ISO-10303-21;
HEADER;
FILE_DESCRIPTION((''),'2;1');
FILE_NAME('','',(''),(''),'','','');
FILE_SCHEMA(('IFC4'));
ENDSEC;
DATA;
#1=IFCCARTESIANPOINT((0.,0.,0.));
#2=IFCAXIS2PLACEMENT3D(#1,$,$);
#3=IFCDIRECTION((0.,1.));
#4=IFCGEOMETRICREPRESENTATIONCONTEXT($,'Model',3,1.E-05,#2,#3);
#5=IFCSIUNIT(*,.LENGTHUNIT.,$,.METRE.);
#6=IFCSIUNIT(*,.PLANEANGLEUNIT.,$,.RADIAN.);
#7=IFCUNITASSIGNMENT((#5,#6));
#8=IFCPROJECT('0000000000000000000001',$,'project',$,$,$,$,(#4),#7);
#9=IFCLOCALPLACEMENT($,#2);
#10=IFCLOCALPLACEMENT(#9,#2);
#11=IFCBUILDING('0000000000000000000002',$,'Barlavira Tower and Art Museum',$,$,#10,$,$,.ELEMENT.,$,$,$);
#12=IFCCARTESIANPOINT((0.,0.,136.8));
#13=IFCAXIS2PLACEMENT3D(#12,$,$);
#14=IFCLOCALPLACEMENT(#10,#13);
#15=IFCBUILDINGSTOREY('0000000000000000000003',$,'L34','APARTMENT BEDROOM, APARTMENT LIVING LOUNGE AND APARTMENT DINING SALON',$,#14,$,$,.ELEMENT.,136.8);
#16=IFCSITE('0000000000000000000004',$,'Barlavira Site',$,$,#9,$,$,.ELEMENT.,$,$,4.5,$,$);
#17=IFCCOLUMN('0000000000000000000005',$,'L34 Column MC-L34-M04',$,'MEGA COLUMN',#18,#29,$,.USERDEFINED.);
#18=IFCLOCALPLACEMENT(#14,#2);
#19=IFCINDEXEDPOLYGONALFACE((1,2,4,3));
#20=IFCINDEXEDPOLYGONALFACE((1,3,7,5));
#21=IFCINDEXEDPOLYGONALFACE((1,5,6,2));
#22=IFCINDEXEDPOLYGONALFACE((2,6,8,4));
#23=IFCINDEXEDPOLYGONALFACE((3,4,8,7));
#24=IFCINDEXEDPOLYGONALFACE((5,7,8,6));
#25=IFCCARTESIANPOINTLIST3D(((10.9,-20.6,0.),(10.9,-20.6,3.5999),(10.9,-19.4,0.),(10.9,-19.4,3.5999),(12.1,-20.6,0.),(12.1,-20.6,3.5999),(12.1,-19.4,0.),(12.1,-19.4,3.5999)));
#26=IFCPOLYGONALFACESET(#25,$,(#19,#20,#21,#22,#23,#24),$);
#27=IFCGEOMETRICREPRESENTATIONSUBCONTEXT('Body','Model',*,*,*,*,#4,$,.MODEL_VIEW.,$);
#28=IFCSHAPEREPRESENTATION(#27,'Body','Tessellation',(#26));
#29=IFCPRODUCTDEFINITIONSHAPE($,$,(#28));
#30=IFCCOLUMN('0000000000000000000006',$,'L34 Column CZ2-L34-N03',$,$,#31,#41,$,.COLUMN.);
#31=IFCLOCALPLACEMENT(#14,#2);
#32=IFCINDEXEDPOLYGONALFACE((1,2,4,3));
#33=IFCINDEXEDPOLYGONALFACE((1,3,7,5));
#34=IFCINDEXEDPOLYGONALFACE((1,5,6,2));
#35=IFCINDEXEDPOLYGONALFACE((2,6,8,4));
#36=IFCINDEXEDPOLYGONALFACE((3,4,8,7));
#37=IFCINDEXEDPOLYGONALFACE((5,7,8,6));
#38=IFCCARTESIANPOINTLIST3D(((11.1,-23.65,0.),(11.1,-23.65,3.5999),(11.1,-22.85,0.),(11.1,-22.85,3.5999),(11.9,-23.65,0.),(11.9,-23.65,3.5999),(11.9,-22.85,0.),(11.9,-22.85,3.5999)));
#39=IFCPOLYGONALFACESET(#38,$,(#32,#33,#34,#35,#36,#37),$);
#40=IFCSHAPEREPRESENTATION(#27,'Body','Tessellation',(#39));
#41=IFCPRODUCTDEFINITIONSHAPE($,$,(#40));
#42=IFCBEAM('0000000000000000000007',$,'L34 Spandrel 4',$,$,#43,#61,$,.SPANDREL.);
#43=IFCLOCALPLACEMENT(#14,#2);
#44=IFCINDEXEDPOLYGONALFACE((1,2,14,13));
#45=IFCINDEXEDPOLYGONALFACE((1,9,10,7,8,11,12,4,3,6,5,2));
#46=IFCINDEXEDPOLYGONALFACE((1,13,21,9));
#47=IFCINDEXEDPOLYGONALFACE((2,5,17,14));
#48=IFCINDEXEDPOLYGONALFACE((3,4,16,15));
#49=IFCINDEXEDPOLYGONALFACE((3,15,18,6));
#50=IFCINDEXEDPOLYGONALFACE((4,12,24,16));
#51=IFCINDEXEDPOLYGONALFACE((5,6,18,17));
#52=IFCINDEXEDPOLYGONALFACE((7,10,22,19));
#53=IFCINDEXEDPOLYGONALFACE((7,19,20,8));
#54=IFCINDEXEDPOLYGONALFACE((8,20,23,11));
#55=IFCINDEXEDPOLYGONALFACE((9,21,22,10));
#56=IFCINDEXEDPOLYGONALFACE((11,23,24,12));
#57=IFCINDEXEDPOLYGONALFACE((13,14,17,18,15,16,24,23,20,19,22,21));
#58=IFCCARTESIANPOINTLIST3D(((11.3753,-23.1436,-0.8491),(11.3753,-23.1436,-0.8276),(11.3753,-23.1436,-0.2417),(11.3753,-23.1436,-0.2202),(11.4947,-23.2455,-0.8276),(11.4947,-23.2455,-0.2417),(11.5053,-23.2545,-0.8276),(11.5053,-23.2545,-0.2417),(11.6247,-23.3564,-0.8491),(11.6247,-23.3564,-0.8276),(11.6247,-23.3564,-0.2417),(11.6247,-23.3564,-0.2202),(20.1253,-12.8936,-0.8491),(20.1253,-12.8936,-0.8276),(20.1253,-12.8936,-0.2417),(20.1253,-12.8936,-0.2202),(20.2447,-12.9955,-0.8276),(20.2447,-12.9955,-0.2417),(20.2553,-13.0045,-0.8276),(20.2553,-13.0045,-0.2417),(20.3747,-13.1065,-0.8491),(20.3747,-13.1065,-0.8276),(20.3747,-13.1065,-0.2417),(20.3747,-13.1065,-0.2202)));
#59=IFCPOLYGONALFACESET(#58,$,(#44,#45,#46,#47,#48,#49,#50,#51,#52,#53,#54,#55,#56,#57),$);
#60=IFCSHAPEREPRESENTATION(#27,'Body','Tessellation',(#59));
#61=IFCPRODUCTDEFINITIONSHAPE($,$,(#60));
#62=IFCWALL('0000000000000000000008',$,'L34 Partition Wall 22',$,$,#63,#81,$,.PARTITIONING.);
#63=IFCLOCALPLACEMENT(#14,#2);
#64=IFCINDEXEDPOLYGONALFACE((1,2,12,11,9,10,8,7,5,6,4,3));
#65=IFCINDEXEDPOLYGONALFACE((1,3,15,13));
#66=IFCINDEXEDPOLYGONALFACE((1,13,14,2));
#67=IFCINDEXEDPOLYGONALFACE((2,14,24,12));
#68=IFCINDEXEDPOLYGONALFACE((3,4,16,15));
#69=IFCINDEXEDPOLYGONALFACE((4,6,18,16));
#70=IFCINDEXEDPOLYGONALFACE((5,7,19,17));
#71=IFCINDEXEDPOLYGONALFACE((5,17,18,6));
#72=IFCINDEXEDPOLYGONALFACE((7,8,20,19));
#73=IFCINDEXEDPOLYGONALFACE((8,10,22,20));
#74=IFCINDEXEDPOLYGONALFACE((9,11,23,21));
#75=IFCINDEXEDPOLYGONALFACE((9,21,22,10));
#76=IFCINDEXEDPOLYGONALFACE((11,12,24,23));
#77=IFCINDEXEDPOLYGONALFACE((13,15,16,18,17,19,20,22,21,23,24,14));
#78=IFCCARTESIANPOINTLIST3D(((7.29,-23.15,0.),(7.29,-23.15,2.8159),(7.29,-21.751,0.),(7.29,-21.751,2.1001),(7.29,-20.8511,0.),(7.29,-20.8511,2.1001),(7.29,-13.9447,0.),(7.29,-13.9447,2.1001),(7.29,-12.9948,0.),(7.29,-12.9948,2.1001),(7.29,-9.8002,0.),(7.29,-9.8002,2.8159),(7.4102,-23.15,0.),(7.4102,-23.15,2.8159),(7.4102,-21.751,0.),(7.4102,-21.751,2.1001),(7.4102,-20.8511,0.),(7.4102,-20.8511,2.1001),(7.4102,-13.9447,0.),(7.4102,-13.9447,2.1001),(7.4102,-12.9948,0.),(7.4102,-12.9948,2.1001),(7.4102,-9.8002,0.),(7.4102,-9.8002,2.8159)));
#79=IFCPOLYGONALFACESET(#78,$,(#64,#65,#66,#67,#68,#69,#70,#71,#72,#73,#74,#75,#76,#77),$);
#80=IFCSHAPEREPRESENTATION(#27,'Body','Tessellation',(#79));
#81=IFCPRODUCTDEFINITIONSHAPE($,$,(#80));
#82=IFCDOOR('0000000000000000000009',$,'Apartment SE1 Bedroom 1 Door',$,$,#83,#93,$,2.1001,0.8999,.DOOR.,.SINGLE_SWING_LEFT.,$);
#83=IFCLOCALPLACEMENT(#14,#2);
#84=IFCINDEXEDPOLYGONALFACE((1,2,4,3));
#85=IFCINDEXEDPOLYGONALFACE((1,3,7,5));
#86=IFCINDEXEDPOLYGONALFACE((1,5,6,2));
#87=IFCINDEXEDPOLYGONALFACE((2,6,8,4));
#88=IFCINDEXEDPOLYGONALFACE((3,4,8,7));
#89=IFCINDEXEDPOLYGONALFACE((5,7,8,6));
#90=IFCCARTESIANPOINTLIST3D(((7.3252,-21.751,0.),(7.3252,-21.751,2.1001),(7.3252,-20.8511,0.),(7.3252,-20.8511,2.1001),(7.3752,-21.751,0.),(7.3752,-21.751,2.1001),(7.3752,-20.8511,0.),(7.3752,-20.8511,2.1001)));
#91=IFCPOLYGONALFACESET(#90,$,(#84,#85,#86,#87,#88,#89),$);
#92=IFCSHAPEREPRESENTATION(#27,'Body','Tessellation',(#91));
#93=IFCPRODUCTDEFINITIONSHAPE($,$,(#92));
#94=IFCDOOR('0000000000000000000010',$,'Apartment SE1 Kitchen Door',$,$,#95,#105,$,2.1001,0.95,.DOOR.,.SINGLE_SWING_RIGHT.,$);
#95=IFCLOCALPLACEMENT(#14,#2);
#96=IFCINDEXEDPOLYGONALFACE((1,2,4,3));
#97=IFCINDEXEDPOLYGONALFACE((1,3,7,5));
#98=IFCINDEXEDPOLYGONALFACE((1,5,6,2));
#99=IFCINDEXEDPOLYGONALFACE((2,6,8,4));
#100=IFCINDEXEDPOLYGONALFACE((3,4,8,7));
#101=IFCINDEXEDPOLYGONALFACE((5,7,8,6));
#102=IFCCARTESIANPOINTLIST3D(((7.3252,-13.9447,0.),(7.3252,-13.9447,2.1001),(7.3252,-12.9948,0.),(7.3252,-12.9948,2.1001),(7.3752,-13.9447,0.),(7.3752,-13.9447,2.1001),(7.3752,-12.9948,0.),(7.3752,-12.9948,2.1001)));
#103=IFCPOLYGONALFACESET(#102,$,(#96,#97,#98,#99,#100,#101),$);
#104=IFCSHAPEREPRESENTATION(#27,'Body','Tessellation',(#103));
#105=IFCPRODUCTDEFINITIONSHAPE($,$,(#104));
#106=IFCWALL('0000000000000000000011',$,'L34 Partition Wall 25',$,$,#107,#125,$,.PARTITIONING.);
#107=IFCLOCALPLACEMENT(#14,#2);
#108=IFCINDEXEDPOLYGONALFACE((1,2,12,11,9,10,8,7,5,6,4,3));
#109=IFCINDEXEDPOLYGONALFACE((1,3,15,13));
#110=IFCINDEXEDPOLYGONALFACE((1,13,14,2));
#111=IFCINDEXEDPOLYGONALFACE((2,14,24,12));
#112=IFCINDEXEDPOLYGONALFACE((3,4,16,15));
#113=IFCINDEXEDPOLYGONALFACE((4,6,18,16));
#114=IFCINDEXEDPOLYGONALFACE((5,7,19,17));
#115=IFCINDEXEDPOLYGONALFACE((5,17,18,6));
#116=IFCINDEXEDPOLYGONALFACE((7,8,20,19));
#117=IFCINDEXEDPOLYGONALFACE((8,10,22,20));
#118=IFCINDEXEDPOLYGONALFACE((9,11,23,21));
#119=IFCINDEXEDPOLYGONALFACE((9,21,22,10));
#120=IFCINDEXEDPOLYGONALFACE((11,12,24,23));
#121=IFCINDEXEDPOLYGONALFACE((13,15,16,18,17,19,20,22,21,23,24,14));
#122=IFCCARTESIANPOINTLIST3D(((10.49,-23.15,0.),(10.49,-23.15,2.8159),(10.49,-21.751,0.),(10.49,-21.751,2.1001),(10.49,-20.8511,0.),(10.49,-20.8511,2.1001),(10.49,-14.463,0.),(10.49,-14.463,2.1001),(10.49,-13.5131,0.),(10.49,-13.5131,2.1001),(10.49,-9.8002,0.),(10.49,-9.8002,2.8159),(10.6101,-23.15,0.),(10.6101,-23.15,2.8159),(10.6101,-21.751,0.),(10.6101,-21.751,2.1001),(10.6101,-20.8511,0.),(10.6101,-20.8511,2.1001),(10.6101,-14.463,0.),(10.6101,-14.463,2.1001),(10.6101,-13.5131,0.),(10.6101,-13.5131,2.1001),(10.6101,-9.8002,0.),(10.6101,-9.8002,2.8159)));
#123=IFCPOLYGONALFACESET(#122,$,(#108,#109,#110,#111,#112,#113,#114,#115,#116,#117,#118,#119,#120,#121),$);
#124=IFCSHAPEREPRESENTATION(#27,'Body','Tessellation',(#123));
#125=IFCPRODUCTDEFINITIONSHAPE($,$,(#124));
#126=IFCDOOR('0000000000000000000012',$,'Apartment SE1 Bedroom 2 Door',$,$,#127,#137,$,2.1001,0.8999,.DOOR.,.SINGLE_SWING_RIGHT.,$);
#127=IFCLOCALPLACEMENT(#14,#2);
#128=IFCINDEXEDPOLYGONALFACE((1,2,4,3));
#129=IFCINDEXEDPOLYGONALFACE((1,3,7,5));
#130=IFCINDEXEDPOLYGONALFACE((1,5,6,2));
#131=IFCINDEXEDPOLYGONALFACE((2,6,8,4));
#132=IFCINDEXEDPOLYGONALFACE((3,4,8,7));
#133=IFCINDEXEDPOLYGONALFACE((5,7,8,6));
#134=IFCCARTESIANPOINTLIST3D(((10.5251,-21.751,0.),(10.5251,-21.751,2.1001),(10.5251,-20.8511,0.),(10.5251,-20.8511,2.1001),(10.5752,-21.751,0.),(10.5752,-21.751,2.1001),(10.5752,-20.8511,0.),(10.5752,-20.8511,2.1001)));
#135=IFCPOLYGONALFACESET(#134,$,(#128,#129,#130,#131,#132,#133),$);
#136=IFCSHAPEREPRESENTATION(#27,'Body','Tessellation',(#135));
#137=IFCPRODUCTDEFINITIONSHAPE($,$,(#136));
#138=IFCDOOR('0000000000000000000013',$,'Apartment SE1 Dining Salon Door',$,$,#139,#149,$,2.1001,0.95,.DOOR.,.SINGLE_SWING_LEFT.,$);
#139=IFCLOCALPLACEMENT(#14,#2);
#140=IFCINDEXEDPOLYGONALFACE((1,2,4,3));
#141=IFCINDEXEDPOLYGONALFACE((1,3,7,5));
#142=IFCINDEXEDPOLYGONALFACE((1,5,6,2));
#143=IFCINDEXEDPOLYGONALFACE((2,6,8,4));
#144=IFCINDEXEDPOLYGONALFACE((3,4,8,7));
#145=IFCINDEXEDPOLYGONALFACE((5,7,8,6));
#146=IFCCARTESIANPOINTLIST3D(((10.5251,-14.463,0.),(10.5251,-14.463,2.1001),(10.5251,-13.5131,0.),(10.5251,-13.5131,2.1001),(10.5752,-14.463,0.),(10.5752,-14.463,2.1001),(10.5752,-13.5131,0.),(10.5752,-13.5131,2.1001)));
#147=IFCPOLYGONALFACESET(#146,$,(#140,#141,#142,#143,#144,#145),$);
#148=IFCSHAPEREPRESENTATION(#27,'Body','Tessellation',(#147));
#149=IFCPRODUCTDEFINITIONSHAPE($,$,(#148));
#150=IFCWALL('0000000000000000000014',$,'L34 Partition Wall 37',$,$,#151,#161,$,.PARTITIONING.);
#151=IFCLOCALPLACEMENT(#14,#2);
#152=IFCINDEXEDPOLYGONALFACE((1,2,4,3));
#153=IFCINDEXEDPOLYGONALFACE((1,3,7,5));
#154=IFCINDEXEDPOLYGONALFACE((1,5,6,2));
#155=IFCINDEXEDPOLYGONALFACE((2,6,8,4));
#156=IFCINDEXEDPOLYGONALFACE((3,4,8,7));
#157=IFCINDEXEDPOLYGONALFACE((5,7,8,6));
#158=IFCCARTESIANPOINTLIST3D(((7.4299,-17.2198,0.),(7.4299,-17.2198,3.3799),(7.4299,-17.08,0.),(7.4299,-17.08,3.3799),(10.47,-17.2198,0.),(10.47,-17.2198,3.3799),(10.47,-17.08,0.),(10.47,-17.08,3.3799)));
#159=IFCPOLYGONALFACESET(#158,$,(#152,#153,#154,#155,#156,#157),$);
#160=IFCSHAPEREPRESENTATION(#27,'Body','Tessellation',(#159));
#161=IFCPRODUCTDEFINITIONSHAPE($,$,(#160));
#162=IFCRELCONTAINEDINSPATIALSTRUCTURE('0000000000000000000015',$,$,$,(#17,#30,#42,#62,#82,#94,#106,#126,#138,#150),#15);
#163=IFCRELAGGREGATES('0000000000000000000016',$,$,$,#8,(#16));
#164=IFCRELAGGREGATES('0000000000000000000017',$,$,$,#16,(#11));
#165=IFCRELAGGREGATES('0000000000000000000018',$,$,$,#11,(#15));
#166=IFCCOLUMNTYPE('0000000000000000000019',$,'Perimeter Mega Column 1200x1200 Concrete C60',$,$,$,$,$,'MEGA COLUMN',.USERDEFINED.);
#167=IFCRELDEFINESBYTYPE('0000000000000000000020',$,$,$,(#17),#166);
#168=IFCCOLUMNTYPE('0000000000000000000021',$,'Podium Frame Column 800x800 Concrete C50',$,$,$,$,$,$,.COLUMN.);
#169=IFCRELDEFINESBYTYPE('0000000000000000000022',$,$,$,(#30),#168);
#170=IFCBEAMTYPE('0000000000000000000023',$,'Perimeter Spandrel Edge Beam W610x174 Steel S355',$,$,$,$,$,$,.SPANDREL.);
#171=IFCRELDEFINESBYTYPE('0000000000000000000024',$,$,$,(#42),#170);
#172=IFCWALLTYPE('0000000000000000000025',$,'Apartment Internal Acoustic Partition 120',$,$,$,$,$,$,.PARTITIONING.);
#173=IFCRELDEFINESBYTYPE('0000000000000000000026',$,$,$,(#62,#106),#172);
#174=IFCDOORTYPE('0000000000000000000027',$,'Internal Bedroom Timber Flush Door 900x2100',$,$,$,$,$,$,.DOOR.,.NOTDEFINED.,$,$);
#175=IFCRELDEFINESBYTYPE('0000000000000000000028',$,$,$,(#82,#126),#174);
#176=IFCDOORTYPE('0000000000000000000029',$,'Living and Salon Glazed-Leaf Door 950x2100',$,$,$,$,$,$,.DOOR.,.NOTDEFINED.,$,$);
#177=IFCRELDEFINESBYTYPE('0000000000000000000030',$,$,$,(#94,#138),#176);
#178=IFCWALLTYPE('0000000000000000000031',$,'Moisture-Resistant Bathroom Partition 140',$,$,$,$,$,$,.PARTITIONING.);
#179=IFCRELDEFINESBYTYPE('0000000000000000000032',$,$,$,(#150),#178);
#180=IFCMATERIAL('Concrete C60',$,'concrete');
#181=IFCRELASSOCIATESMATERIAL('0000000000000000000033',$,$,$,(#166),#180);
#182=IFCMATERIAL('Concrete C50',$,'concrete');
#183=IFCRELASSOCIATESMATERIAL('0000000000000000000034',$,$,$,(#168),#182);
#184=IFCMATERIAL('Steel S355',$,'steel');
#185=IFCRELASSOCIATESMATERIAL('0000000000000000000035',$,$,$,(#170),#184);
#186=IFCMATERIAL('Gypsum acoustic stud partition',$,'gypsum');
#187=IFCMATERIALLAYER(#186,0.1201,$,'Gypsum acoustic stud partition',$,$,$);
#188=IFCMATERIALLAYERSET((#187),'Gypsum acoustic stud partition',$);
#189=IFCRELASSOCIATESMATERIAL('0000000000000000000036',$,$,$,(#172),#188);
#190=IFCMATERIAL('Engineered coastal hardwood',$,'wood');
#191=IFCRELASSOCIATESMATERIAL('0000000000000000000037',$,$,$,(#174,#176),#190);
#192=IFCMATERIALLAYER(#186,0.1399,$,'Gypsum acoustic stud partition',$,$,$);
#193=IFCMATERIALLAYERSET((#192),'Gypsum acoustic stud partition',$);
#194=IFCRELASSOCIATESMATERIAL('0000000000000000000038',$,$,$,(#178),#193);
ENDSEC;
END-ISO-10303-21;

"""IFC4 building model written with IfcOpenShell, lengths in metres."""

from ifc_helpers import new_model, si_unit, direction, frame, frame_2d, origin, origin_2d, place, context, subcontext, project, spatial, rectangle, i_section, extrude, material, layer, layer_set, material_profile, profile_set, type_object, element, fill, save


model = new_model("IFC4")

# Units and contexts
model_context = context("Model", 3, precision=1e-05, world=origin(), true_north=direction((0.0, 1.0)))
body_context = subcontext(model_context, "Body", "Model", "MODEL_VIEW")
ifc_project = project(units=[si_unit("LENGTHUNIT", "METRE"), si_unit("PLANEANGLEUNIT", "RADIAN")], contexts=[model_context])

# Site, building, storey
site_placement = place(None, origin())
site = spatial("IfcSite", under=ifc_project, at=site_placement, Name="Barlavira Site", CompositionType="ELEMENT", RefElevation=4.5)
building_placement = place(site_placement, origin())
building = spatial("IfcBuilding", under=site, at=building_placement, Name="Barlavira Tower and Art Museum", CompositionType="ELEMENT")
storey_placement = place(building_placement, frame((0.0, 0.0, 136.8)))
storey = spatial("IfcBuildingStorey", under=building, at=storey_placement, Name="L34", Description="APARTMENT BEDROOM, APARTMENT LIVING LOUNGE AND APARTMENT DINING SALON", CompositionType="ELEMENT", Elevation=136.8)

# Columns
ifc_material_1 = material(Name="Concrete C60", Category="concrete")
ifc_material_profile_1 = material_profile(ifc_material_1, rectangle(XDim=1.2, YDim=1.2, at=origin_2d()), Name="RC-COL 1200x1200")
ifc_profile_set_1 = profile_set([ifc_material_profile_1], Name="Concrete C60")
column_type_1 = type_object("IfcColumnType", Name="Perimeter Mega Column 1200x1200 Concrete C60", ElementType="MEGA COLUMN", PredefinedType="USERDEFINED", material=ifc_profile_set_1)
column_1_placement = place(storey_placement, frame((11.5, -20.0, 0.0), z_axis=(0.0, 0.0, 1.0), x_axis=(1.0, 0.0, 0.0)))
element("IfcColumn", 1, at=column_1_placement, inside=storey, type_object=column_type_1, Name="L34 Column MC-L34-M04", ObjectType="MEGA COLUMN", PredefinedType="USERDEFINED", context=body_context, shape_type="SweptSolid", body=[
    extrude(rectangle(XDim=1.2, YDim=1.2, at=origin_2d()), origin(), (0.0, 0.0, 1.0), 3.5999),
])
ifc_material_2 = material(Name="Concrete C50", Category="concrete")
ifc_material_profile_2 = material_profile(ifc_material_2, rectangle(XDim=0.8, YDim=0.8, at=origin_2d()), Name="RC-COL 800x800")
ifc_profile_set_2 = profile_set([ifc_material_profile_2], Name="Concrete C50")
column_type_2 = type_object("IfcColumnType", Name="Podium Frame Column 800x800 Concrete C50", PredefinedType="COLUMN", material=ifc_profile_set_2)
column_2_placement = place(storey_placement, frame((11.5, -23.25, 0.0), z_axis=(0.0, 0.0, 1.0), x_axis=(1.0, 0.0, 0.0)))
element("IfcColumn", 2, at=column_2_placement, inside=storey, type_object=column_type_2, Name="L34 Column CZ2-L34-N03", PredefinedType="COLUMN", context=body_context, shape_type="SweptSolid", body=[
    extrude(rectangle(XDim=0.8, YDim=0.8, at=origin_2d()), origin(), (0.0, 0.0, 1.0), 3.5999),
])

# Beam
ifc_material_3 = material(Name="Steel S355", Category="steel")
ifc_material_profile_3 = material_profile(ifc_material_3, i_section(OverallWidth=0.3279, OverallDepth=0.6289, WebThickness=0.0139, FlangeThickness=0.0215, at=origin_2d()), Name="W610x174.0")
ifc_profile_set_3 = profile_set([ifc_material_profile_3], Name="Steel S355")
beam_type = type_object("IfcBeamType", Name="Perimeter Spandrel Edge Beam W610x174 Steel S355", PredefinedType="SPANDREL", material=ifc_profile_set_3)
beam_placement = place(storey_placement, frame((11.5, -23.25, -0.5347), z_axis=(0.649262, 0.760565, 0.0), x_axis=(-0.760565, 0.649262, 0.0)))
element("IfcBeam", 3, at=beam_placement, inside=storey, type_object=beam_type, Name="L34 Spandrel 4", PredefinedType="SPANDREL", context=body_context, shape_type="SweptSolid", body=[
    extrude(i_section(OverallWidth=0.3279, OverallDepth=0.6289, WebThickness=0.0139, FlangeThickness=0.0215, at=origin_2d()), origin(), (0.0, 0.0, 1.0), 13.4768),
])

# Walls, openings, doors
ifc_material_4 = material(Name="Gypsum acoustic stud partition", Category="gypsum")
ifc_layer_1 = layer(ifc_material_4, 0.1201, Name="Gypsum acoustic stud partition")
ifc_layer_set_1 = layer_set([ifc_layer_1], Name="Gypsum acoustic stud partition")
wall_type_1 = type_object("IfcWallType", Name="Apartment Internal Acoustic Partition 120", PredefinedType="PARTITIONING", material=ifc_layer_set_1)
wall_1_placement = place(storey_placement, frame((7.3501, -23.1499, 0.0), z_axis=(0.0, 0.0, 1.0), x_axis=(0.0, 1.0, 0.0)))
wall_1 = element("IfcWall", 4, at=wall_1_placement, inside=storey, type_object=wall_type_1, Name="L34 Partition Wall 22", PredefinedType="PARTITIONING", context=body_context, shape_type="SweptSolid", body=[
    extrude(rectangle(XDim=13.3499, YDim=0.1201, at=frame_2d((6.6748, 0.0))), origin(), (0.0, 0.0, 1.0), 2.8159),
])
opening_1_placement = place(wall_1_placement, frame((9.2051, 0.0, 0.0)))
opening_1 = element("IfcOpeningElement", 5, at=opening_1_placement, cuts=wall_1, PredefinedType="OPENING", context=body_context, shape_type="SweptSolid", body=[
    extrude(rectangle(XDim=0.95, YDim=2.1001, at=frame_2d((0.4751, 1.05))), frame((0.0, 0.0701, 0.0), z_axis=(0.0, -1.0, 0.0), x_axis=(1.0, 0.0, 0.0)), (0.0, 0.0, 1.0), 0.1401),
])
opening_2_placement = place(wall_1_placement, frame((1.3989, 0.0, 0.0)))
opening_2 = element("IfcOpeningElement", 6, at=opening_2_placement, cuts=wall_1, PredefinedType="OPENING", context=body_context, shape_type="SweptSolid", body=[
    extrude(rectangle(XDim=0.8999, YDim=2.1001, at=frame_2d((0.45, 1.05))), frame((0.0, 0.0701, 0.0), z_axis=(0.0, -1.0, 0.0), x_axis=(1.0, 0.0, 0.0)), (0.0, 0.0, 1.0), 0.1401),
])
ifc_material_5 = material(Name="Engineered coastal hardwood", Category="wood")
door_type_1 = type_object("IfcDoorType", Name="Internal Bedroom Timber Flush Door 900x2100", OperationType="NOTDEFINED", PredefinedType="DOOR", material=ifc_material_5)
door_1_placement = place(opening_2_placement, origin())
door_1 = element("IfcDoor", 7, at=door_1_placement, inside=storey, type_object=door_type_1, Name="Apartment SE1 Bedroom 1 Door", OperationType="SINGLE_SWING_LEFT", OverallHeight=2.1001, OverallWidth=0.8999, PredefinedType="DOOR", context=body_context, shape_type="SweptSolid", body=[
    extrude(rectangle(XDim=0.8999, YDim=2.1001, at=frame_2d((0.45, 1.05))), frame((0.0, 0.0249, 0.0), z_axis=(0.0, -1.0, 0.0), x_axis=(1.0, 0.0, 0.0)), (0.0, 0.0, 1.0), 0.05),
])
fill(opening_2, door_1)
door_type_2 = type_object("IfcDoorType", Name="Living and Salon Glazed-Leaf Door 950x2100", OperationType="NOTDEFINED", PredefinedType="DOOR", material=ifc_material_5)
door_2_placement = place(opening_1_placement, origin())
door_2 = element("IfcDoor", 8, at=door_2_placement, inside=storey, type_object=door_type_2, Name="Apartment SE1 Kitchen Door", OperationType="SINGLE_SWING_RIGHT", OverallHeight=2.1001, OverallWidth=0.95, PredefinedType="DOOR", context=body_context, shape_type="SweptSolid", body=[
    extrude(rectangle(XDim=0.95, YDim=2.1001, at=frame_2d((0.4751, 1.05))), frame((0.0, 0.0249, 0.0), z_axis=(0.0, -1.0, 0.0), x_axis=(1.0, 0.0, 0.0)), (0.0, 0.0, 1.0), 0.05),
])
fill(opening_1, door_2)
wall_2_placement = place(storey_placement, frame((10.55, -23.1499, 0.0), z_axis=(0.0, 0.0, 1.0), x_axis=(0.0, 1.0, 0.0)))
wall_2 = element("IfcWall", 9, at=wall_2_placement, inside=storey, type_object=wall_type_1, Name="L34 Partition Wall 25", PredefinedType="PARTITIONING", context=body_context, shape_type="SweptSolid", body=[
    extrude(rectangle(XDim=13.3499, YDim=0.1201, at=frame_2d((6.6748, 0.0))), origin(), (0.0, 0.0, 1.0), 2.8159),
])
opening_3_placement = place(wall_2_placement, frame((8.6868, 0.0, 0.0)))
opening_3 = element("IfcOpeningElement", 10, at=opening_3_placement, cuts=wall_2, PredefinedType="OPENING", context=body_context, shape_type="SweptSolid", body=[
    extrude(rectangle(XDim=0.95, YDim=2.1001, at=frame_2d((0.4751, 1.05))), frame((0.0, 0.0701, 0.0), z_axis=(0.0, -1.0, 0.0), x_axis=(1.0, 0.0, 0.0)), (0.0, 0.0, 1.0), 0.1401),
])
opening_4_placement = place(wall_2_placement, frame((1.3989, 0.0, 0.0)))
opening_4 = element("IfcOpeningElement", 11, at=opening_4_placement, cuts=wall_2, PredefinedType="OPENING", context=body_context, shape_type="SweptSolid", body=[
    extrude(rectangle(XDim=0.8999, YDim=2.1001, at=frame_2d((0.45, 1.05))), frame((0.0, 0.0701, 0.0), z_axis=(0.0, -1.0, 0.0), x_axis=(1.0, 0.0, 0.0)), (0.0, 0.0, 1.0), 0.1401),
])
door_3_placement = place(opening_4_placement, origin())
door_3 = element("IfcDoor", 12, at=door_3_placement, inside=storey, type_object=door_type_1, Name="Apartment SE1 Bedroom 2 Door", OperationType="SINGLE_SWING_RIGHT", OverallHeight=2.1001, OverallWidth=0.8999, PredefinedType="DOOR", context=body_context, shape_type="SweptSolid", body=[
    extrude(rectangle(XDim=0.8999, YDim=2.1001, at=frame_2d((0.45, 1.05))), frame((0.0, 0.0249, 0.0), z_axis=(0.0, -1.0, 0.0), x_axis=(1.0, 0.0, 0.0)), (0.0, 0.0, 1.0), 0.05),
])
fill(opening_4, door_3)
door_4_placement = place(opening_3_placement, origin())
door_4 = element("IfcDoor", 13, at=door_4_placement, inside=storey, type_object=door_type_2, Name="Apartment SE1 Dining Salon Door", OperationType="SINGLE_SWING_LEFT", OverallHeight=2.1001, OverallWidth=0.95, PredefinedType="DOOR", context=body_context, shape_type="SweptSolid", body=[
    extrude(rectangle(XDim=0.95, YDim=2.1001, at=frame_2d((0.4751, 1.05))), frame((0.0, 0.0249, 0.0), z_axis=(0.0, -1.0, 0.0), x_axis=(1.0, 0.0, 0.0)), (0.0, 0.0, 1.0), 0.05),
])
fill(opening_3, door_4)

# Wall
ifc_layer_2 = layer(ifc_material_4, 0.1399, Name="Gypsum acoustic stud partition")
ifc_layer_set_2 = layer_set([ifc_layer_2], Name="Gypsum acoustic stud partition")
wall_type_2 = type_object("IfcWallType", Name="Moisture-Resistant Bathroom Partition 140", PredefinedType="PARTITIONING", material=ifc_layer_set_2)
wall_3_placement = place(storey_placement, frame((7.4299, -17.1499, 0.0), z_axis=(0.0, 0.0, 1.0), x_axis=(1.0, 0.0, 0.0)))
element("IfcWall", 14, at=wall_3_placement, inside=storey, type_object=wall_type_2, Name="L34 Partition Wall 37", PredefinedType="PARTITIONING", context=body_context, shape_type="SweptSolid", body=[
    extrude(rectangle(XDim=3.04, YDim=0.1399, at=frame_2d((1.52, 0.0))), origin(), (0.0, 0.0, 1.0), 3.3799),
])

save(model, "model.ifc")
